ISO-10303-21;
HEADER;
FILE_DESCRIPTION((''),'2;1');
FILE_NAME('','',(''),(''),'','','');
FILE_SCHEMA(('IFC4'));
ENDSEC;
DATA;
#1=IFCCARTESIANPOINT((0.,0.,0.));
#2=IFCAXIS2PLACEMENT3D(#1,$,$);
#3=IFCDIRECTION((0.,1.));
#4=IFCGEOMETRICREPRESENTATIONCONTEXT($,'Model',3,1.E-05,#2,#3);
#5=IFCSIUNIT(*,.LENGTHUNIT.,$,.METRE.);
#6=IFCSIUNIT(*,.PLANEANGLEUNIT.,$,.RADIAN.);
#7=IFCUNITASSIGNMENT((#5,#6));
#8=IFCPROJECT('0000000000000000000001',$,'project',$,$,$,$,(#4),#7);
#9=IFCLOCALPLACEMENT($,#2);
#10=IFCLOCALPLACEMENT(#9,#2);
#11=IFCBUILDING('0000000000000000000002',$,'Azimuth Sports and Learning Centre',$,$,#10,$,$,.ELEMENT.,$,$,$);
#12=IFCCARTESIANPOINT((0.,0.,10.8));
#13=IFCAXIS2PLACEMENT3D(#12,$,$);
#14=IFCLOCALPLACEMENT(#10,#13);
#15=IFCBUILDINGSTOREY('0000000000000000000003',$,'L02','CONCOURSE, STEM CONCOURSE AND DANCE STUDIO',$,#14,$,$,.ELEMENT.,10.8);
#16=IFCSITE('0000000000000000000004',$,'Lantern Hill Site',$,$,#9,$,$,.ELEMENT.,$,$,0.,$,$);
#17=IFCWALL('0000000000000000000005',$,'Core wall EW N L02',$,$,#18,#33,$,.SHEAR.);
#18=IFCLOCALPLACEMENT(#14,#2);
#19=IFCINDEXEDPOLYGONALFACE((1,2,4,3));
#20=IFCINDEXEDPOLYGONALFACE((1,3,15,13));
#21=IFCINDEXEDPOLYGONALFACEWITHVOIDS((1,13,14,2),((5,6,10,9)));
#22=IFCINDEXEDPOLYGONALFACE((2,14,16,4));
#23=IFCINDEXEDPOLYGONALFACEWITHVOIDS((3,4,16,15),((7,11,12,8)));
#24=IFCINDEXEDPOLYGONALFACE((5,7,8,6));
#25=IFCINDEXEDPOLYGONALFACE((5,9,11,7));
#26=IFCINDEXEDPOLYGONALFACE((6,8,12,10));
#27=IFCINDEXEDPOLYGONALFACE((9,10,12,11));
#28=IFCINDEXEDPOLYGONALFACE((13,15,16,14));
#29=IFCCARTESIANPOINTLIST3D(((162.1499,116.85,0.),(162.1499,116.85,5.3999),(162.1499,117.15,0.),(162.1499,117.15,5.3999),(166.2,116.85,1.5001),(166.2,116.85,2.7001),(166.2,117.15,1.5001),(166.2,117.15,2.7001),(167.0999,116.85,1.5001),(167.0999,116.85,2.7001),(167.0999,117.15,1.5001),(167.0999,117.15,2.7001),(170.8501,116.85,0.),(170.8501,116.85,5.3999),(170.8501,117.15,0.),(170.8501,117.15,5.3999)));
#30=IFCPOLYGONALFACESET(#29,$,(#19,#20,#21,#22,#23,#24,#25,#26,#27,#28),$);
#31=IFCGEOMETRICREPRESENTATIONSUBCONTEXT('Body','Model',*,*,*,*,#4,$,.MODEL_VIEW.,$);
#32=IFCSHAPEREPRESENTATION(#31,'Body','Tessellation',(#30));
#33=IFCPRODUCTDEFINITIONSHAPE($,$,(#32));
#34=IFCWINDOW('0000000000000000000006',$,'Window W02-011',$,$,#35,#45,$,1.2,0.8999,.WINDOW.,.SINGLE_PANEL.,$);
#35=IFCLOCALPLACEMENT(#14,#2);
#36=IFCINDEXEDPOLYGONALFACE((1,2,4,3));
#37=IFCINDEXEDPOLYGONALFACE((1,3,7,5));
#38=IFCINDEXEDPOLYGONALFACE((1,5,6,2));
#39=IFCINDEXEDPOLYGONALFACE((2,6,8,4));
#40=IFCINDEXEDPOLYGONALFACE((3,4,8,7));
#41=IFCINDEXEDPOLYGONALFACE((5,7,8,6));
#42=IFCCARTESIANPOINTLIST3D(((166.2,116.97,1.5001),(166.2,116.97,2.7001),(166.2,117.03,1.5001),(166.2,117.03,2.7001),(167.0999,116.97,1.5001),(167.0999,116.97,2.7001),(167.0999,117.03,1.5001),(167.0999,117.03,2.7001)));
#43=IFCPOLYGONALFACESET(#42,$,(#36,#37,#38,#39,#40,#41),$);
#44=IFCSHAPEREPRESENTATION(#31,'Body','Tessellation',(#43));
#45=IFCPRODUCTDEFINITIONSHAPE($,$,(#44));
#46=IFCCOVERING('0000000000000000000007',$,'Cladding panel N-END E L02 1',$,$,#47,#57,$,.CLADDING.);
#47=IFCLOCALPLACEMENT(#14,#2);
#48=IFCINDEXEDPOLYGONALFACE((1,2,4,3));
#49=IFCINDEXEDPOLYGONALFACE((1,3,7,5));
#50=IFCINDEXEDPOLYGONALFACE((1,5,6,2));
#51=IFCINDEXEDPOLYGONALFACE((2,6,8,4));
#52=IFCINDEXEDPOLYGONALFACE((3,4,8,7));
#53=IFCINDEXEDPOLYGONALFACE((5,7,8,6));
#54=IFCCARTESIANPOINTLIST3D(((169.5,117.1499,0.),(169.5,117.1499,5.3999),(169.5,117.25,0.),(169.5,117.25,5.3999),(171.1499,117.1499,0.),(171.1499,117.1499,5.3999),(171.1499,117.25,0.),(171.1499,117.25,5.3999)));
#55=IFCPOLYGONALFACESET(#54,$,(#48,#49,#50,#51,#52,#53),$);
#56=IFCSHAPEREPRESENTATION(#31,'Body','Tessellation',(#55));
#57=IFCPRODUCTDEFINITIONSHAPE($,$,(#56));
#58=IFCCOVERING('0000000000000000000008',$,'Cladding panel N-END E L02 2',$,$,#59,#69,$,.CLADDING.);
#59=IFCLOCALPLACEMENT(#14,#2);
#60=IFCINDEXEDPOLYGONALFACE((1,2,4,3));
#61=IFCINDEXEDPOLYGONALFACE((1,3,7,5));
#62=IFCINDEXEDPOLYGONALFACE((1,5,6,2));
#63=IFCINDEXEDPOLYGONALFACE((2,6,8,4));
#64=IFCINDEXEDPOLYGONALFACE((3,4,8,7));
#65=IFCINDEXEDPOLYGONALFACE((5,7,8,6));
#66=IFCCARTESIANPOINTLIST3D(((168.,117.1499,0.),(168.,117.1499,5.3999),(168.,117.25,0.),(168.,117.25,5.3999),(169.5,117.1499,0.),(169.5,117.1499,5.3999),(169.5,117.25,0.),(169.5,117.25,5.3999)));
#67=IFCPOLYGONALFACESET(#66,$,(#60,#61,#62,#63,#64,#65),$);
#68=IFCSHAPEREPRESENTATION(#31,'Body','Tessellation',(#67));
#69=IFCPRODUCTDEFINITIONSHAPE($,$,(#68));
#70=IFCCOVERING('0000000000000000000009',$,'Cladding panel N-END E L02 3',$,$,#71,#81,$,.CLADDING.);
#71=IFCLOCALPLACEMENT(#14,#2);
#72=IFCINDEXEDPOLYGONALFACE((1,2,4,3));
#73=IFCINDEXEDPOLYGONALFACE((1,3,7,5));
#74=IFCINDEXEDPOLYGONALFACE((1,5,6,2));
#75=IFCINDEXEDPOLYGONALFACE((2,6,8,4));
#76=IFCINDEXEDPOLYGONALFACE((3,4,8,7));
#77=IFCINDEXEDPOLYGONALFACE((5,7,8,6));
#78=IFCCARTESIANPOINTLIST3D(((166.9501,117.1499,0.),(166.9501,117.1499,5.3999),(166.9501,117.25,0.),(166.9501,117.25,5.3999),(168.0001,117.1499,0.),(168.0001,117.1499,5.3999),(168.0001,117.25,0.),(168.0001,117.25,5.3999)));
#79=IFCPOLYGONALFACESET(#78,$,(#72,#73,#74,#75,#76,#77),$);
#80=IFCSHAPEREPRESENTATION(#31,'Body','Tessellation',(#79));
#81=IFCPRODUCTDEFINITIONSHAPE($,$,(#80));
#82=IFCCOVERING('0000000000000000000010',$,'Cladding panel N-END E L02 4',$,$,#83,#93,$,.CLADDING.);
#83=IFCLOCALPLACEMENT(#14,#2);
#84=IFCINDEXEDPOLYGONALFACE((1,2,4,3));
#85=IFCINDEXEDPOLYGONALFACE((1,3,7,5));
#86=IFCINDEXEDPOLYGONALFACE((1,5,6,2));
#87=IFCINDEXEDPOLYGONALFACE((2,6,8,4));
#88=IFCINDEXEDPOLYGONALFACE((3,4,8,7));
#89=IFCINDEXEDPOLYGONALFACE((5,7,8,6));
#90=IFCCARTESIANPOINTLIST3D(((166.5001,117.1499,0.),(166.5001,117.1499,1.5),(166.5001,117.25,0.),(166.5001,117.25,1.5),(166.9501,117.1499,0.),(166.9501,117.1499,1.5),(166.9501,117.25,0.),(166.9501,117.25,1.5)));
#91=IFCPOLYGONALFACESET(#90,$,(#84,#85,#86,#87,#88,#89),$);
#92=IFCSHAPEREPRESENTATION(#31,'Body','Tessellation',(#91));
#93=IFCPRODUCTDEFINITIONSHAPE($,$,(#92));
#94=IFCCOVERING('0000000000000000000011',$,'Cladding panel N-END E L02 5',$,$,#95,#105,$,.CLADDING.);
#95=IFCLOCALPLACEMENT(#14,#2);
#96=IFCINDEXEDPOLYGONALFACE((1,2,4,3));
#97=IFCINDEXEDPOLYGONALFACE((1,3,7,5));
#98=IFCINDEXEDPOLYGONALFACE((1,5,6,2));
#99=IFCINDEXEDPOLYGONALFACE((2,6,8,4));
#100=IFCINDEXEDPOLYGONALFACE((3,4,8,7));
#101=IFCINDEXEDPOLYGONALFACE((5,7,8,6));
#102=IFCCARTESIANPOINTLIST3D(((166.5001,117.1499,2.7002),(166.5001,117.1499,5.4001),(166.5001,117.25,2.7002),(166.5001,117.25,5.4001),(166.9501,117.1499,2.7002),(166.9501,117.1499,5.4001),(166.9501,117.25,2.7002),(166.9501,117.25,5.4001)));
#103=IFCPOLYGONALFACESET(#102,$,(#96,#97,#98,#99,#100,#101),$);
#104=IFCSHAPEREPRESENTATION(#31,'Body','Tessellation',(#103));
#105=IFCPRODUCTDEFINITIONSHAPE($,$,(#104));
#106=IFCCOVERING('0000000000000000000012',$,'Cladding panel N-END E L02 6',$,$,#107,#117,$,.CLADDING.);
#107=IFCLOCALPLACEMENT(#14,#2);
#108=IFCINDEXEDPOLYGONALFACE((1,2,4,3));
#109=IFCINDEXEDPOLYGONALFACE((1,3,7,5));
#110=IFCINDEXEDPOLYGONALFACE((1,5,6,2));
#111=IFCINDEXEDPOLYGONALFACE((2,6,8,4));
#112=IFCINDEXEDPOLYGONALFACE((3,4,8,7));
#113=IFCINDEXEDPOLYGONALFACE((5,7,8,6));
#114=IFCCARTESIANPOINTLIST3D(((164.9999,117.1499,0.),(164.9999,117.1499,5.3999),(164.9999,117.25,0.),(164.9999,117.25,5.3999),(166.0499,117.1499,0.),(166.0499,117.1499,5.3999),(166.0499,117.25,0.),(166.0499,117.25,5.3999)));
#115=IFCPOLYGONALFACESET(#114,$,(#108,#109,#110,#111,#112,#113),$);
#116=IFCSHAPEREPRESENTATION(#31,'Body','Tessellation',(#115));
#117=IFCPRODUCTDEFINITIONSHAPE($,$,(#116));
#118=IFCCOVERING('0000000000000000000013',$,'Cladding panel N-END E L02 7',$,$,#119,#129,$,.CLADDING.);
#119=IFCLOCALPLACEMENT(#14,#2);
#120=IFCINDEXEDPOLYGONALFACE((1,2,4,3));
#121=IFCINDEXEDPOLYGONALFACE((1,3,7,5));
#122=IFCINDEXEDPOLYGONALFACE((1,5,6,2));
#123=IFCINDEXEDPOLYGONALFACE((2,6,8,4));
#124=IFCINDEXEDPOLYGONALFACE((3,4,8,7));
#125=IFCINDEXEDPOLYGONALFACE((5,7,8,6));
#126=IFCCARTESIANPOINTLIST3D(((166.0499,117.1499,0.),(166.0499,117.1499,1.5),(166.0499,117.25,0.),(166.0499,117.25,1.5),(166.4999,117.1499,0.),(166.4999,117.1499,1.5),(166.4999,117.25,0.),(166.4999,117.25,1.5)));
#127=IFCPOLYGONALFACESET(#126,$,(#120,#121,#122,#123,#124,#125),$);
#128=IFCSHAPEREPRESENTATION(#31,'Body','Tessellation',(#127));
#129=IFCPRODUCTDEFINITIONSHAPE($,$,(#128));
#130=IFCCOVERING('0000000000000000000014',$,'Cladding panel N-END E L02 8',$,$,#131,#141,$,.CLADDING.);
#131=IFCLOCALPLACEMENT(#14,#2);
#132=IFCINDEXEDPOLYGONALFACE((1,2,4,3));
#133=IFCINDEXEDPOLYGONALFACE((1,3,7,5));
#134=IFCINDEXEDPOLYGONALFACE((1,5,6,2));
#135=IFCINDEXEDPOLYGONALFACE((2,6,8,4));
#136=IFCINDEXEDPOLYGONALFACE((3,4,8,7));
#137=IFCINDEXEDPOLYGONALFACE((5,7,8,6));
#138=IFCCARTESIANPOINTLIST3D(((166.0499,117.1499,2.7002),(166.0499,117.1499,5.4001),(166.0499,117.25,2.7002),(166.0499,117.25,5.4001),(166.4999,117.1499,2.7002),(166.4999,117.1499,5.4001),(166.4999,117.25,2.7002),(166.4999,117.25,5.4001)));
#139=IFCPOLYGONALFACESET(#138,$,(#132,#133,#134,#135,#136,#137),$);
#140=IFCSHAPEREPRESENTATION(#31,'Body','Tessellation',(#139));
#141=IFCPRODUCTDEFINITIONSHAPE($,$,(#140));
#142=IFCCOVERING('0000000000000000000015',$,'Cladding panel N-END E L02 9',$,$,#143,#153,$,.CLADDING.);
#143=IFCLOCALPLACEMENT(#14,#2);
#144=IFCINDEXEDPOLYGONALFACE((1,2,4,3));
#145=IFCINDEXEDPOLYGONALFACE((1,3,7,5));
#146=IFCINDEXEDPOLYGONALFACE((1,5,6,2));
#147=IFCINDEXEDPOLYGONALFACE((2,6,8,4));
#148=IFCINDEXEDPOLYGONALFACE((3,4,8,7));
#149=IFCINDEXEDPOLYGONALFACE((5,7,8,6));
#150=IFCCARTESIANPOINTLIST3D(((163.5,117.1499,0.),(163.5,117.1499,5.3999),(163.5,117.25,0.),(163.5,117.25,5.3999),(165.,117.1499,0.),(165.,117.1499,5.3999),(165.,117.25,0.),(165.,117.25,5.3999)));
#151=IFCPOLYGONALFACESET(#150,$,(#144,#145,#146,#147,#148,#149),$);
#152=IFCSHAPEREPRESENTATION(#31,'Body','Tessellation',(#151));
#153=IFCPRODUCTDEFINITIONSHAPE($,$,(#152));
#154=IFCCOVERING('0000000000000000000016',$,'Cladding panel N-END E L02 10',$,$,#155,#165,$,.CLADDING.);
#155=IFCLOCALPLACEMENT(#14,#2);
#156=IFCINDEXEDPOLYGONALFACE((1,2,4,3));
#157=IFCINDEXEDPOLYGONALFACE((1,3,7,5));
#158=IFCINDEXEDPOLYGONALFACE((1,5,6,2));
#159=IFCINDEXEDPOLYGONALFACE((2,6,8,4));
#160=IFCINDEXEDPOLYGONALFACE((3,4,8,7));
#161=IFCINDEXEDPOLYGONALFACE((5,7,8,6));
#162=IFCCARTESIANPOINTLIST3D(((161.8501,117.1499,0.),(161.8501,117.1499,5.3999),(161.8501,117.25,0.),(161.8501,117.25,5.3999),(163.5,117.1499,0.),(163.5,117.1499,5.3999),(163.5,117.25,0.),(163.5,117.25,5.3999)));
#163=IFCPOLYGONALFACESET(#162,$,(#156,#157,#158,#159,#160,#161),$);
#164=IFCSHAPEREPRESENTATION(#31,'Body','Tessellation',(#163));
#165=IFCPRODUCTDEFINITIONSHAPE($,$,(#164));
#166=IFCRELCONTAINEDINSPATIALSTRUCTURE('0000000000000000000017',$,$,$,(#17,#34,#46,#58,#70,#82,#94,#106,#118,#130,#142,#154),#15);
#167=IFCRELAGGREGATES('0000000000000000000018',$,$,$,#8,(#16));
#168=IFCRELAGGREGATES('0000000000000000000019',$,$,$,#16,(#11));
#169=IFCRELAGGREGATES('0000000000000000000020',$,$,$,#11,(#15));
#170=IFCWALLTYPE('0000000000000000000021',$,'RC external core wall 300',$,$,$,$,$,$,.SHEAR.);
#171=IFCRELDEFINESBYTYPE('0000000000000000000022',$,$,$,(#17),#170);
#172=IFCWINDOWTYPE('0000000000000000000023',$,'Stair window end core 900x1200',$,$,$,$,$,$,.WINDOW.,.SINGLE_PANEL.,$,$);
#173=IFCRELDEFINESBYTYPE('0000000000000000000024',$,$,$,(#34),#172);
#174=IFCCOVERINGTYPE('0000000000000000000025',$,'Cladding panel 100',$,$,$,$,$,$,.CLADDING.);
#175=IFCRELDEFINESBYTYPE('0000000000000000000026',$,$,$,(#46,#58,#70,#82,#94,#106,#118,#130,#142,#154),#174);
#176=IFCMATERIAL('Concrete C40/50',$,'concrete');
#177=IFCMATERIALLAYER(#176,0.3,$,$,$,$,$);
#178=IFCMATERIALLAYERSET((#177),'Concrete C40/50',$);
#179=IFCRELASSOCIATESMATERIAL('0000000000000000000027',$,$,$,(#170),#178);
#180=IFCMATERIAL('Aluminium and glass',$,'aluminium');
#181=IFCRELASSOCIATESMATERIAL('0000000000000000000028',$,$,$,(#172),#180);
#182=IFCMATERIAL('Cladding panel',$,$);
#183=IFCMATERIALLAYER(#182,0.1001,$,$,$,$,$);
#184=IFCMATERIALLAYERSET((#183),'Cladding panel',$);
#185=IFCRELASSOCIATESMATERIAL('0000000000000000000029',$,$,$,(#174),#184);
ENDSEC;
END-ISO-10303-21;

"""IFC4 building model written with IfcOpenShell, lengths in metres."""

from ifc_helpers import new_model, si_unit, direction, frame, frame_2d, origin, origin_2d, place, context, subcontext, project, spatial, rectangle, extrude, material, layer, layer_set, type_object, element, fill, save


model = new_model("IFC4")

# Units and contexts
model_context = context("Model", 3, precision=1e-05, world=origin(), true_north=direction((0.0, 1.0)))
body_context = subcontext(model_context, "Body", "Model", "MODEL_VIEW")
ifc_project = project(units=[si_unit("LENGTHUNIT", "METRE"), si_unit("PLANEANGLEUNIT", "RADIAN")], contexts=[model_context])

# Site, building, storey
site_placement = place(None, origin())
site = spatial("IfcSite", under=ifc_project, at=site_placement, Name="Lantern Hill Site", CompositionType="ELEMENT", RefElevation=0.0)
building_placement = place(site_placement, origin())
building = spatial("IfcBuilding", under=site, at=building_placement, Name="Azimuth Sports and Learning Centre", CompositionType="ELEMENT")
storey_placement = place(building_placement, frame((0.0, 0.0, 10.8)))
storey = spatial("IfcBuildingStorey", under=building, at=storey_placement, Name="L02", Description="CONCOURSE, STEM CONCOURSE AND DANCE STUDIO", CompositionType="ELEMENT", Elevation=10.8)

# Wall, opening, window
ifc_material_1 = material(Name="Concrete C40/50", Category="concrete")
ifc_layer_1 = layer(ifc_material_1, 0.3)
ifc_layer_set_1 = layer_set([ifc_layer_1], Name="Concrete C40/50")
wall_type = type_object("IfcWallType", Name="RC external core wall 300", PredefinedType="SHEAR", material=ifc_layer_set_1)
wall_placement = place(storey_placement, frame((162.1499, 117.0, 0.0), z_axis=(0.0, 0.0, 1.0), x_axis=(1.0, 0.0, 0.0)))
wall = element("IfcWall", 1, at=wall_placement, inside=storey, type_object=wall_type, Name="Core wall EW N L02", PredefinedType="SHEAR", context=body_context, shape_type="SweptSolid", body=[
    extrude(rectangle(XDim=8.7002, YDim=0.3, at=frame_2d((4.3501, 0.0))), origin(), (0.0, 0.0, 1.0), 5.3999),
])
opening_placement = place(wall_placement, frame((4.05, 0.0, 1.5)))
opening = element("IfcOpeningElement", 2, at=opening_placement, cuts=wall, PredefinedType="OPENING", context=body_context, shape_type="SweptSolid", body=[
    extrude(rectangle(XDim=0.8999, YDim=1.2, at=frame_2d((0.45, 0.6001))), frame((0.0, 0.1611, 0.0), z_axis=(0.0, -1.0, 0.0), x_axis=(1.0, 0.0, 0.0)), (0.0, 0.0, 1.0), 0.322),
])
ifc_material_2 = material(Name="Aluminium and glass", Category="aluminium")
window_type = type_object("IfcWindowType", Name="Stair window end core 900x1200", PartitioningType="SINGLE_PANEL", PredefinedType="WINDOW", material=ifc_material_2)
window_placement = place(opening_placement, origin())
window = element("IfcWindow", 3, at=window_placement, inside=storey, type_object=window_type, Name="Window W02-011", OverallHeight=1.2, OverallWidth=0.8999, PartitioningType="SINGLE_PANEL", PredefinedType="WINDOW", context=body_context, shape_type="SweptSolid", body=[
    extrude(rectangle(XDim=0.8999, YDim=1.2, at=frame_2d((0.45, 0.6001))), frame((0.0, 0.03, 0.0), z_axis=(0.0, -1.0, 0.0), x_axis=(1.0, 0.0, 0.0)), (0.0, 0.0, 1.0), 0.0601),
])
fill(opening, window)

# Coverings
ifc_material_3 = material(Name="Cladding panel")
ifc_layer_2 = layer(ifc_material_3, 0.1001)
ifc_layer_set_2 = layer_set([ifc_layer_2], Name="Cladding panel")
covering_type = type_object("IfcCoveringType", Name="Cladding panel 100", PredefinedType="CLADDING", material=ifc_layer_set_2)
covering_1_placement = place(storey_placement, frame((170.325, 117.2, 0.0), z_axis=(0.0, 0.0, 1.0), x_axis=(-1.0, 0.0, 0.0)))
element("IfcCovering", 4, at=covering_1_placement, inside=storey, type_object=covering_type, Name="Cladding panel N-END E L02 1", PredefinedType="CLADDING", context=body_context, shape_type="SweptSolid", body=[
    extrude(rectangle(XDim=1.6499, YDim=0.1001, at=origin_2d()), origin(), (0.0, 0.0, 1.0), 5.3999),
])
covering_2_placement = place(storey_placement, frame((168.75, 117.2, 0.0), z_axis=(0.0, 0.0, 1.0), x_axis=(-1.0, 0.0, 0.0)))
element("IfcCovering", 5, at=covering_2_placement, inside=storey, type_object=covering_type, Name="Cladding panel N-END E L02 2", PredefinedType="CLADDING", context=body_context, shape_type="SweptSolid", body=[
    extrude(rectangle(XDim=1.5, YDim=0.1001, at=origin_2d()), origin(), (0.0, 0.0, 1.0), 5.3999),
])
covering_3_placement = place(storey_placement, frame((167.4751, 117.2, 0.0), z_axis=(0.0, 0.0, 1.0), x_axis=(-1.0, 0.0, 0.0)))
element("IfcCovering", 6, at=covering_3_placement, inside=storey, type_object=covering_type, Name="Cladding panel N-END E L02 3", PredefinedType="CLADDING", context=body_context, shape_type="SweptSolid", body=[
    extrude(rectangle(XDim=1.05, YDim=0.1001, at=origin_2d()), origin(), (0.0, 0.0, 1.0), 5.3999),
])
covering_4_placement = place(storey_placement, frame((166.7251, 117.2, 0.0), z_axis=(0.0, 0.0, 1.0), x_axis=(-1.0, 0.0, 0.0)))
element("IfcCovering", 7, at=covering_4_placement, inside=storey, type_object=covering_type, Name="Cladding panel N-END E L02 4", PredefinedType="CLADDING", context=body_context, shape_type="SweptSolid", body=[
    extrude(rectangle(XDim=0.45, YDim=0.1001, at=origin_2d()), origin(), (0.0, 0.0, 1.0), 1.5),
])
covering_5_placement = place(storey_placement, frame((166.7251, 117.2, 2.7002), z_axis=(0.0, 0.0, 1.0), x_axis=(-1.0, 0.0, 0.0)))
element("IfcCovering", 8, at=covering_5_placement, inside=storey, type_object=covering_type, Name="Cladding panel N-END E L02 5", PredefinedType="CLADDING", context=body_context, shape_type="SweptSolid", body=[
    extrude(rectangle(XDim=0.45, YDim=0.1001, at=origin_2d()), origin(), (0.0, 0.0, 1.0), 2.7),
])
covering_6_placement = place(storey_placement, frame((165.5249, 117.2, 0.0), z_axis=(0.0, 0.0, 1.0), x_axis=(-1.0, 0.0, 0.0)))
element("IfcCovering", 9, at=covering_6_placement, inside=storey, type_object=covering_type, Name="Cladding panel N-END E L02 6", PredefinedType="CLADDING", context=body_context, shape_type="SweptSolid", body=[
    extrude(rectangle(XDim=1.05, YDim=0.1001, at=origin_2d()), origin(), (0.0, 0.0, 1.0), 5.3999),
])
covering_7_placement = place(storey_placement, frame((166.2749, 117.2, 0.0), z_axis=(0.0, 0.0, 1.0), x_axis=(-1.0, 0.0, 0.0)))
element("IfcCovering", 10, at=covering_7_placement, inside=storey, type_object=covering_type, Name="Cladding panel N-END E L02 7", PredefinedType="CLADDING", context=body_context, shape_type="SweptSolid", body=[
    extrude(rectangle(XDim=0.45, YDim=0.1001, at=origin_2d()), origin(), (0.0, 0.0, 1.0), 1.5),
])
covering_8_placement = place(storey_placement, frame((166.2749, 117.2, 2.7002), z_axis=(0.0, 0.0, 1.0), x_axis=(-1.0, 0.0, 0.0)))
element("IfcCovering", 11, at=covering_8_placement, inside=storey, type_object=covering_type, Name="Cladding panel N-END E L02 8", PredefinedType="CLADDING", context=body_context, shape_type="SweptSolid", body=[
    extrude(rectangle(XDim=0.45, YDim=0.1001, at=origin_2d()), origin(), (0.0, 0.0, 1.0), 2.7),
])
covering_9_placement = place(storey_placement, frame((164.25, 117.2, 0.0), z_axis=(0.0, 0.0, 1.0), x_axis=(-1.0, 0.0, 0.0)))
element("IfcCovering", 12, at=covering_9_placement, inside=storey, type_object=covering_type, Name="Cladding panel N-END E L02 9", PredefinedType="CLADDING", context=body_context, shape_type="SweptSolid", body=[
    extrude(rectangle(XDim=1.5, YDim=0.1001, at=origin_2d()), origin(), (0.0, 0.0, 1.0), 5.3999),
])
covering_10_placement = place(storey_placement, frame((162.675, 117.2, 0.0), z_axis=(0.0, 0.0, 1.0), x_axis=(-1.0, 0.0, 0.0)))
element("IfcCovering", 13, at=covering_10_placement, inside=storey, type_object=covering_type, Name="Cladding panel N-END E L02 10", PredefinedType="CLADDING", context=body_context, shape_type="SweptSolid", body=[
    extrude(rectangle(XDim=1.6499, YDim=0.1001, at=origin_2d()), origin(), (0.0, 0.0, 1.0), 5.3999),
])

save(model, "model.ifc")
